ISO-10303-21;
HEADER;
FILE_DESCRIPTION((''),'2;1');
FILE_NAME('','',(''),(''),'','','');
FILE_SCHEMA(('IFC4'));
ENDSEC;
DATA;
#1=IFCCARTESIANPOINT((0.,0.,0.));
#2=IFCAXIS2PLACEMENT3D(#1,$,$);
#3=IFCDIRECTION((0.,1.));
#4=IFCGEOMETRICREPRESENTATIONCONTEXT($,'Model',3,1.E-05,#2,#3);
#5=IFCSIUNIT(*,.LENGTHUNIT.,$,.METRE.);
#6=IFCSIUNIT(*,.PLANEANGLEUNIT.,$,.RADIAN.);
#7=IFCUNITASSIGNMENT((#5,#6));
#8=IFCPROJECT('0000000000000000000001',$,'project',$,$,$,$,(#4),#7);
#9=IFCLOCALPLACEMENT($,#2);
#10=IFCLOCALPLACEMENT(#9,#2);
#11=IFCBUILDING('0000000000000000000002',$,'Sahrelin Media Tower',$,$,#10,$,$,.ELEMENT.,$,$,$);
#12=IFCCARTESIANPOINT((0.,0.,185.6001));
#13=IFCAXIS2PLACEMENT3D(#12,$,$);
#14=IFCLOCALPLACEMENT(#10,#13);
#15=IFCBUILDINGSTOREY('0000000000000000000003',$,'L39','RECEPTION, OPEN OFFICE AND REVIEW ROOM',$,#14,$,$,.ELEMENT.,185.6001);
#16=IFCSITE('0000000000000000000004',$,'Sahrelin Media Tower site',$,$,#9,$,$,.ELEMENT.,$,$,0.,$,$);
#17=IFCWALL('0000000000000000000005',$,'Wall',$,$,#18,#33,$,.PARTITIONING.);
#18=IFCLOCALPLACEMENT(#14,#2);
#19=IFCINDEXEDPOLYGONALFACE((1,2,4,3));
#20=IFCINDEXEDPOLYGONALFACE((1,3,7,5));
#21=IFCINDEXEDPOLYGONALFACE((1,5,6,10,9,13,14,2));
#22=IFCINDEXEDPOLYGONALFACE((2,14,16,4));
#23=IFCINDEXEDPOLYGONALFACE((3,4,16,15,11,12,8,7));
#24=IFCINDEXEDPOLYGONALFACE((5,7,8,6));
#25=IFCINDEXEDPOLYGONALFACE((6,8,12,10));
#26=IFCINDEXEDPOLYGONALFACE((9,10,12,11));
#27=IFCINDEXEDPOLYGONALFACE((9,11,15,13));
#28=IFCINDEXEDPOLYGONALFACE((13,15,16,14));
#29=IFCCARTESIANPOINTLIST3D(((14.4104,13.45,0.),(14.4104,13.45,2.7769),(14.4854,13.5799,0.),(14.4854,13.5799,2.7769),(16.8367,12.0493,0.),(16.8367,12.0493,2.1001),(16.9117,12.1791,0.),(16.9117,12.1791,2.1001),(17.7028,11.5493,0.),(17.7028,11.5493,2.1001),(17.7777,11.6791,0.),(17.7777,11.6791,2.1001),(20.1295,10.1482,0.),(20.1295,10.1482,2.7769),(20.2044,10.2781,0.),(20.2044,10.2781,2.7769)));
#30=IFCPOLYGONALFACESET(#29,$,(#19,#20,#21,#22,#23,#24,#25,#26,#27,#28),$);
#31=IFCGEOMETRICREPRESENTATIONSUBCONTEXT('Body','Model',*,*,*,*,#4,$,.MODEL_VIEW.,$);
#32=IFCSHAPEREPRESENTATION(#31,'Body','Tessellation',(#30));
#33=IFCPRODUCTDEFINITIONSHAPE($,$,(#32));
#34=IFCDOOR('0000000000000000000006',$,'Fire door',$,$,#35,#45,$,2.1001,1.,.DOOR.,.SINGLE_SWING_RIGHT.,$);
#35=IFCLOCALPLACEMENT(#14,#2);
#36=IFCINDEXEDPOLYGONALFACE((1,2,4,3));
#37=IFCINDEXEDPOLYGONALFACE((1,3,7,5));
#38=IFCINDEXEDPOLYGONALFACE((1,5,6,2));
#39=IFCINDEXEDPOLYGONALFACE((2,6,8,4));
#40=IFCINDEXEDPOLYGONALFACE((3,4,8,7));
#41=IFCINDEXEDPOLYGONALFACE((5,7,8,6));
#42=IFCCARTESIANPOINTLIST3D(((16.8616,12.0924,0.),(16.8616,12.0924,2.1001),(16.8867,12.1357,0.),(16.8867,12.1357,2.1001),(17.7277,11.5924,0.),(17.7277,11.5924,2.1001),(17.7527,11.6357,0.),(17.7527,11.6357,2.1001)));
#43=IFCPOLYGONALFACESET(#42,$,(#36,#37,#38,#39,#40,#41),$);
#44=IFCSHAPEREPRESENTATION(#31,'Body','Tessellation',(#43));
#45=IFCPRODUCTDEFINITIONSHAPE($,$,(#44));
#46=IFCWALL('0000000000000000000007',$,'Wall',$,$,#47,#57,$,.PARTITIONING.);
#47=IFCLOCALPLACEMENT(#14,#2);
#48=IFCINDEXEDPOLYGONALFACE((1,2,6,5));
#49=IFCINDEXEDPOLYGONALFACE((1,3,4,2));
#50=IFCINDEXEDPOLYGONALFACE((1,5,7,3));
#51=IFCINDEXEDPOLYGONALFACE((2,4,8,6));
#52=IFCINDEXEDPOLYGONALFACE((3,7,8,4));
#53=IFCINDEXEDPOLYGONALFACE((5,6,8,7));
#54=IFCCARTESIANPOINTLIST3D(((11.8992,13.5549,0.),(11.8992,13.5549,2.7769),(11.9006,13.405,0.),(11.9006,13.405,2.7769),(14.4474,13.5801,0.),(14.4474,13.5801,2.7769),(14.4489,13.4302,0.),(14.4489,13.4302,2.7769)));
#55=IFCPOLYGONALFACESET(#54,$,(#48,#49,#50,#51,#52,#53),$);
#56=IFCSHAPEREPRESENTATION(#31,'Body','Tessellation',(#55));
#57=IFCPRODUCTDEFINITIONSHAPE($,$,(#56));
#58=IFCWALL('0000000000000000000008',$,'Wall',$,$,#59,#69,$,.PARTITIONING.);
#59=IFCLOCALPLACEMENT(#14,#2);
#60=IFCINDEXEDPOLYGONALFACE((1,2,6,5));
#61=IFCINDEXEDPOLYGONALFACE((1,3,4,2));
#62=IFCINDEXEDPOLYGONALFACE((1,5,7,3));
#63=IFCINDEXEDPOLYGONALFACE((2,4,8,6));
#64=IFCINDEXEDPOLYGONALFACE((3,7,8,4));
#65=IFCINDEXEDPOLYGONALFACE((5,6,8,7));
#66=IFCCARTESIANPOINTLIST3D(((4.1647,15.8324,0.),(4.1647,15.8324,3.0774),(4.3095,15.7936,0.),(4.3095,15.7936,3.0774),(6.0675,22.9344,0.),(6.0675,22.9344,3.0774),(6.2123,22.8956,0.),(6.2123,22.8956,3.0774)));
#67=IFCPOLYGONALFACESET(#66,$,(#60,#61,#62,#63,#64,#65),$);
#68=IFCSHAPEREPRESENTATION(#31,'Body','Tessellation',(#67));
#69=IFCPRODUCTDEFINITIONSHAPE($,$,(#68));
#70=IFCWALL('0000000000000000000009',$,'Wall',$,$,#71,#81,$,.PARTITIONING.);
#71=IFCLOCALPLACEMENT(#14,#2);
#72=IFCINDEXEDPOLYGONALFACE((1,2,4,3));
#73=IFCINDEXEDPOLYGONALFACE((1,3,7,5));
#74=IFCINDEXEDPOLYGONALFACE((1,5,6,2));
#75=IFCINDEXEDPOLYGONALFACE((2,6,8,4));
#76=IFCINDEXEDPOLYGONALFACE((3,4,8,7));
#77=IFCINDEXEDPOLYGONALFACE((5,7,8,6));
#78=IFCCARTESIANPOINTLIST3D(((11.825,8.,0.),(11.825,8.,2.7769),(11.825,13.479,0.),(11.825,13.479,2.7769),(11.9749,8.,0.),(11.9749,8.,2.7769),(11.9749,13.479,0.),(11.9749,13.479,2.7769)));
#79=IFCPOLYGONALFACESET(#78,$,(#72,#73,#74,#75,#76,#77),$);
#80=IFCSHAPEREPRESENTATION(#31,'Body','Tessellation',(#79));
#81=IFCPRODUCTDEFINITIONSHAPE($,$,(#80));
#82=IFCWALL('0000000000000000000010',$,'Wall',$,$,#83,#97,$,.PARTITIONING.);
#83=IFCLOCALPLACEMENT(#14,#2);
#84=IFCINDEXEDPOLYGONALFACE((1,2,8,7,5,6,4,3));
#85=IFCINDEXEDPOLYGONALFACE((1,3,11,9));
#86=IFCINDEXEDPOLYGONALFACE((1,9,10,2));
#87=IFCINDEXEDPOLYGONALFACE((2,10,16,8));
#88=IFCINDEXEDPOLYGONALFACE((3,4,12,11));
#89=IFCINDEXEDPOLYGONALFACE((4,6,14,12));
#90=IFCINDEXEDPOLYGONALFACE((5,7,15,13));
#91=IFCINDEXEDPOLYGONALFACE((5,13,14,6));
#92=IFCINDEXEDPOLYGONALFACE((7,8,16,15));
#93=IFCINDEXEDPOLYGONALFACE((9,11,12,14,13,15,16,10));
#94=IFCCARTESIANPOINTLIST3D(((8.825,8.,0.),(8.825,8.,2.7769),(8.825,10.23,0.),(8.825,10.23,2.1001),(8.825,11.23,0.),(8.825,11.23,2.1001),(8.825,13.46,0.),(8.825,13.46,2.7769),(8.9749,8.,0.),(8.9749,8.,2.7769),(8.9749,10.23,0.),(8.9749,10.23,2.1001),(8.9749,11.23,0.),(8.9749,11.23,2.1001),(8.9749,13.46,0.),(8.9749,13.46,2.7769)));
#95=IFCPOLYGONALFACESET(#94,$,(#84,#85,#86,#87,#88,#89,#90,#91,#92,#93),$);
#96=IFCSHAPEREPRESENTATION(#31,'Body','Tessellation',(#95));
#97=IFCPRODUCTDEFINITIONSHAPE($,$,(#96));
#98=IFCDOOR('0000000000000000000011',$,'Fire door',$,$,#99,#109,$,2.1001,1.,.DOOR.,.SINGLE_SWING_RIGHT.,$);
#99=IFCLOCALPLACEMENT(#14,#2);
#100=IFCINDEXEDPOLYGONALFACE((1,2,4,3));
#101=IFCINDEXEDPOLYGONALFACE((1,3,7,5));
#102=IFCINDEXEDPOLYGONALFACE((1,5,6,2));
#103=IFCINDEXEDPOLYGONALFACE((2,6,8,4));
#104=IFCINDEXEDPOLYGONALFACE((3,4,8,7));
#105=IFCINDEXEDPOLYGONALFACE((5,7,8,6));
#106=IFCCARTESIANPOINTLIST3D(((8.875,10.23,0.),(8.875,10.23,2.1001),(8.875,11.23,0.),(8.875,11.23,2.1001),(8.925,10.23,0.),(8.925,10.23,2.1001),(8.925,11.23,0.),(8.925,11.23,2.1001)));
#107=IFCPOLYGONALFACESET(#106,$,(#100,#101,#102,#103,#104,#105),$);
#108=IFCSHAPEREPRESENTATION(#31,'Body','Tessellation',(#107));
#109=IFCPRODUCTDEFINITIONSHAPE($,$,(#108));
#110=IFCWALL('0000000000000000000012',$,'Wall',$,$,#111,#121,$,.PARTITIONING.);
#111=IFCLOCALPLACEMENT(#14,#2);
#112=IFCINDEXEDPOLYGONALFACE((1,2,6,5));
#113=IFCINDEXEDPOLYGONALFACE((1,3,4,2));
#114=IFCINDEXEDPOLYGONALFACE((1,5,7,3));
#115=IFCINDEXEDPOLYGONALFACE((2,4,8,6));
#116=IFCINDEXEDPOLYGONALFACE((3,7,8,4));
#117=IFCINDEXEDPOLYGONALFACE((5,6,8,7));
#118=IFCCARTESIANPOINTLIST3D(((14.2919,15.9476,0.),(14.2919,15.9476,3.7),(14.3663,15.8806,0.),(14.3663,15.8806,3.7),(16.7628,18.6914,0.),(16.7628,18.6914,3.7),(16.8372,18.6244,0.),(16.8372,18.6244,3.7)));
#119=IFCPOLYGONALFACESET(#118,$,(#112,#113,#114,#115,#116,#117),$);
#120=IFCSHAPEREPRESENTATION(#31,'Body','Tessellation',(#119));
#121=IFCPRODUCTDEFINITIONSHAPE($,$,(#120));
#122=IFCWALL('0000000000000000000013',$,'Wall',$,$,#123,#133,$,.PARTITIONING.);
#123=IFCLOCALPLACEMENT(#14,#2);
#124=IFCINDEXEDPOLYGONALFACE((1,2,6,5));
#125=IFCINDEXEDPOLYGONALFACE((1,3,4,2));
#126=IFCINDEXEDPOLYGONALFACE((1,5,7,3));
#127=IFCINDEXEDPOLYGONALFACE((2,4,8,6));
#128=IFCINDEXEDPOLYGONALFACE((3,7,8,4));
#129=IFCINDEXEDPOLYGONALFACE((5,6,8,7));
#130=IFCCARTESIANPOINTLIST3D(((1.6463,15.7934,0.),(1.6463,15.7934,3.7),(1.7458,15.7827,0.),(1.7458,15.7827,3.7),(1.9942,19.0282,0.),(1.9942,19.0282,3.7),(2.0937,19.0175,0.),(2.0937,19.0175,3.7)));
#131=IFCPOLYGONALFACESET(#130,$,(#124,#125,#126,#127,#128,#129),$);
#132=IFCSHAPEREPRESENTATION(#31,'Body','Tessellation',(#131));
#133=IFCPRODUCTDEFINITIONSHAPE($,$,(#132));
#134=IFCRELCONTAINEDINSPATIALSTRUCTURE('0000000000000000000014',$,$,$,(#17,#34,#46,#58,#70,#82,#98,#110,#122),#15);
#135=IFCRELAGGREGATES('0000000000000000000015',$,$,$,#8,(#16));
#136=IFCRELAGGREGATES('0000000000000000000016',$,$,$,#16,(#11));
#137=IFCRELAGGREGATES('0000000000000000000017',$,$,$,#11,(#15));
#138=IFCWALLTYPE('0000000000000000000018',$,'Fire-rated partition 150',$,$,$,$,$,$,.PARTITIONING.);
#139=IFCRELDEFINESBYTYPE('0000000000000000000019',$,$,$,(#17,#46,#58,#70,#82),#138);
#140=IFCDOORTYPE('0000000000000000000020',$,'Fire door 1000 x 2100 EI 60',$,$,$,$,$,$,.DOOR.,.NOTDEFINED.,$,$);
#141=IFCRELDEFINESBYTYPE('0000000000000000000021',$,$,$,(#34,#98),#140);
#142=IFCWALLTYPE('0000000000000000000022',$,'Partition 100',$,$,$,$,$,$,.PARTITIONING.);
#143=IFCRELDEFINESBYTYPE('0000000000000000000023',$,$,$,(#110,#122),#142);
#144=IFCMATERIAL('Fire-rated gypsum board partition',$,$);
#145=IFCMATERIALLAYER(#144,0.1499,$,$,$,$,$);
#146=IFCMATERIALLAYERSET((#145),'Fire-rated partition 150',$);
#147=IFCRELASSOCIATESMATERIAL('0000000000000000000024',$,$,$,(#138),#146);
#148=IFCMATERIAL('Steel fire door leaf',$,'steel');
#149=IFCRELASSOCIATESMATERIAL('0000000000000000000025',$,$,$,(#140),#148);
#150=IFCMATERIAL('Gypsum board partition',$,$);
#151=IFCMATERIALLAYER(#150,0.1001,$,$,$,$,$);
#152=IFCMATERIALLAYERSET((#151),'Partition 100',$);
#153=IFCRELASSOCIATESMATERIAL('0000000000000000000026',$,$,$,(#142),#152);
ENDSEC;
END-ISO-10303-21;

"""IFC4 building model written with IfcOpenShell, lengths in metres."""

from ifc_helpers import new_model, si_unit, direction, frame, frame_2d, origin, place, context, subcontext, project, spatial, rectangle, extrude, material, layer, layer_set, type_object, element, fill, save


model = new_model("IFC4")

# Units and contexts
model_context = context("Model", 3, precision=1e-05, world=origin(), true_north=direction((0.0, 1.0)))
body_context = subcontext(model_context, "Body", "Model", "MODEL_VIEW")
ifc_project = project(units=[si_unit("LENGTHUNIT", "METRE"), si_unit("PLANEANGLEUNIT", "RADIAN")], contexts=[model_context])

# Site, building, storey
site_placement = place(None, origin())
site = spatial("IfcSite", under=ifc_project, at=site_placement, Name="Sahrelin Media Tower site", CompositionType="ELEMENT", RefElevation=0.0)
building_placement = place(site_placement, origin())
building = spatial("IfcBuilding", under=site, at=building_placement, Name="Sahrelin Media Tower", CompositionType="ELEMENT")
storey_placement = place(building_placement, frame((0.0, 0.0, 185.6001)))
storey = spatial("IfcBuildingStorey", under=building, at=storey_placement, Name="L39", Description="RECEPTION, OPEN OFFICE AND REVIEW ROOM", CompositionType="ELEMENT", Elevation=185.6001)

# Wall, opening, door
ifc_material_1 = material(Name="Fire-rated gypsum board partition")
ifc_layer_1 = layer(ifc_material_1, 0.1499)
ifc_layer_set_1 = layer_set([ifc_layer_1], Name="Fire-rated partition 150")
wall_type_1 = type_object("IfcWallType", Name="Fire-rated partition 150", PredefinedType="PARTITIONING", material=ifc_layer_set_1)
wall_1_placement = place(storey_placement, frame((14.448, 13.5149, 0.0), z_axis=(0.0, 0.0, 1.0), x_axis=(0.866032, -0.499988, 0.0)))
wall_1 = element("IfcWall", 1, at=wall_1_placement, inside=storey, type_object=wall_type_1, Name="Wall", PredefinedType="PARTITIONING", context=body_context, shape_type="SweptSolid", body=[
    extrude(rectangle(XDim=6.6038, YDim=0.1499, at=frame_2d((3.3018, 0.0))), origin(), (0.0, 0.0, 1.0), 2.7769),
])
opening_1_placement = place(wall_1_placement, frame((2.8015, 0.0, 0.0)))
opening_1 = element("IfcOpeningElement", 2, at=opening_1_placement, cuts=wall_1, PredefinedType="OPENING", context=body_context, shape_type="SweptSolid", body=[
    extrude(rectangle(XDim=1.0, YDim=2.1001, at=frame_2d((0.5, 1.05))), frame((0.0, 0.075, 0.0), z_axis=(0.0, -1.0, 0.0), x_axis=(1.0, 0.0, 0.0)), (0.0, 0.0, 1.0), 0.1499),
])
ifc_material_2 = material(Name="Steel fire door leaf", Category="steel")
door_type = type_object("IfcDoorType", Name="Fire door 1000 x 2100 EI 60", OperationType="NOTDEFINED", PredefinedType="DOOR", material=ifc_material_2)
door_1_placement = place(opening_1_placement, origin())
door_1 = element("IfcDoor", 3, at=door_1_placement, inside=storey, type_object=door_type, Name="Fire door", OperationType="SINGLE_SWING_RIGHT", OverallHeight=2.1001, OverallWidth=1.0, PredefinedType="DOOR", context=body_context, shape_type="SweptSolid", body=[
    extrude(rectangle(XDim=1.0, YDim=2.1001, at=frame_2d((0.5, 1.05))), frame((0.0, 0.0249, 0.0), z_axis=(0.0, -1.0, 0.0), x_axis=(1.0, 0.0, 0.0)), (0.0, 0.0, 1.0), 0.05),
])
fill(opening_1, door_1)

# Walls
wall_2_placement = place(storey_placement, frame((11.8999, 13.48, 0.0), z_axis=(0.0, 0.0, 1.0), x_axis=(0.999951, 0.009868, 0.0)))
element("IfcWall", 4, at=wall_2_placement, inside=storey, type_object=wall_type_1, Name="Wall", PredefinedType="PARTITIONING", context=body_context, shape_type="SweptSolid", body=[
    extrude(rectangle(XDim=2.5483, YDim=0.1499, at=frame_2d((1.2742, 0.0))), origin(), (0.0, 0.0, 1.0), 2.7769),
])
wall_3_placement = place(storey_placement, frame((4.2371, 15.813, 0.0), z_axis=(0.0, 0.0, 1.0), x_axis=(0.258799, 0.965931, 0.0)))
element("IfcWall", 5, at=wall_3_placement, inside=storey, type_object=wall_type_1, Name="Wall", PredefinedType="PARTITIONING", context=body_context, shape_type="SweptSolid", body=[
    extrude(rectangle(XDim=7.3525, YDim=0.1499, at=frame_2d((3.6763, 0.0))), origin(), (0.0, 0.0, 1.0), 3.0774),
])
wall_4_placement = place(storey_placement, frame((11.8999, 8.0, 0.0), z_axis=(0.0, 0.0, 1.0), x_axis=(0.0, 1.0, 0.0)))
element("IfcWall", 6, at=wall_4_placement, inside=storey, type_object=wall_type_1, Name="Wall", PredefinedType="PARTITIONING", context=body_context, shape_type="SweptSolid", body=[
    extrude(rectangle(XDim=5.479, YDim=0.1499, at=frame_2d((2.7395, 0.0))), origin(), (0.0, 0.0, 1.0), 2.7769),
])

# Wall, opening, door
wall_5_placement = place(storey_placement, frame((8.8999, 8.0, 0.0), z_axis=(0.0, 0.0, 1.0), x_axis=(0.0, 1.0, 0.0)))
wall_5 = element("IfcWall", 7, at=wall_5_placement, inside=storey, type_object=wall_type_1, Name="Wall", PredefinedType="PARTITIONING", context=body_context, shape_type="SweptSolid", body=[
    extrude(rectangle(XDim=5.46, YDim=0.1499, at=frame_2d((2.73, 0.0))), origin(), (0.0, 0.0, 1.0), 2.7769),
])
opening_2_placement = place(wall_5_placement, frame((2.23, 0.0, 0.0)))
opening_2 = element("IfcOpeningElement", 8, at=opening_2_placement, cuts=wall_5, PredefinedType="OPENING", context=body_context, shape_type="SweptSolid", body=[
    extrude(rectangle(XDim=1.0, YDim=2.1001, at=frame_2d((0.5, 1.05))), frame((0.0, 0.075, 0.0), z_axis=(0.0, -1.0, 0.0), x_axis=(1.0, 0.0, 0.0)), (0.0, 0.0, 1.0), 0.1499),
])
door_2_placement = place(opening_2_placement, origin())
door_2 = element("IfcDoor", 9, at=door_2_placement, inside=storey, type_object=door_type, Name="Fire door", OperationType="SINGLE_SWING_RIGHT", OverallHeight=2.1001, OverallWidth=1.0, PredefinedType="DOOR", context=body_context, shape_type="SweptSolid", body=[
    extrude(rectangle(XDim=1.0, YDim=2.1001, at=frame_2d((0.5, 1.05))), frame((0.0, 0.0249, 0.0), z_axis=(0.0, -1.0, 0.0), x_axis=(1.0, 0.0, 0.0)), (0.0, 0.0, 1.0), 0.05),
])
fill(opening_2, door_2)

# Walls
ifc_material_3 = material(Name="Gypsum board partition")
ifc_layer_2 = layer(ifc_material_3, 0.1001)
ifc_layer_set_2 = layer_set([ifc_layer_2], Name="Partition 100")
wall_type_2 = type_object("IfcWallType", Name="Partition 100", PredefinedType="PARTITIONING", material=ifc_layer_set_2)
wall_6_placement = place(storey_placement, frame((14.3291, 15.9141, 0.0), z_axis=(0.0, 0.0, 1.0), x_axis=(0.66918, 0.7431, 0.0)))
element("IfcWall", 10, at=wall_6_placement, inside=storey, type_object=wall_type_2, Name="Wall", PredefinedType="PARTITIONING", context=body_context, shape_type="SweptSolid", body=[
    extrude(rectangle(XDim=3.6924, YDim=0.1001, at=frame_2d((1.8462, 0.0))), origin(), (0.0, 0.0, 1.0), 3.7),
])
wall_7_placement = place(storey_placement, frame((1.696, 15.7881, 0.0), z_axis=(0.0, 0.0, 1.0), x_axis=(0.106931, 0.994266, 0.0)))
element("IfcWall", 11, at=wall_7_placement, inside=storey, type_object=wall_type_2, Name="Wall", PredefinedType="PARTITIONING", context=body_context, shape_type="SweptSolid", body=[
    extrude(rectangle(XDim=3.2534, YDim=0.1001, at=frame_2d((1.6267, 0.0))), origin(), (0.0, 0.0, 1.0), 3.7),
])

save(model, "model.ifc")
